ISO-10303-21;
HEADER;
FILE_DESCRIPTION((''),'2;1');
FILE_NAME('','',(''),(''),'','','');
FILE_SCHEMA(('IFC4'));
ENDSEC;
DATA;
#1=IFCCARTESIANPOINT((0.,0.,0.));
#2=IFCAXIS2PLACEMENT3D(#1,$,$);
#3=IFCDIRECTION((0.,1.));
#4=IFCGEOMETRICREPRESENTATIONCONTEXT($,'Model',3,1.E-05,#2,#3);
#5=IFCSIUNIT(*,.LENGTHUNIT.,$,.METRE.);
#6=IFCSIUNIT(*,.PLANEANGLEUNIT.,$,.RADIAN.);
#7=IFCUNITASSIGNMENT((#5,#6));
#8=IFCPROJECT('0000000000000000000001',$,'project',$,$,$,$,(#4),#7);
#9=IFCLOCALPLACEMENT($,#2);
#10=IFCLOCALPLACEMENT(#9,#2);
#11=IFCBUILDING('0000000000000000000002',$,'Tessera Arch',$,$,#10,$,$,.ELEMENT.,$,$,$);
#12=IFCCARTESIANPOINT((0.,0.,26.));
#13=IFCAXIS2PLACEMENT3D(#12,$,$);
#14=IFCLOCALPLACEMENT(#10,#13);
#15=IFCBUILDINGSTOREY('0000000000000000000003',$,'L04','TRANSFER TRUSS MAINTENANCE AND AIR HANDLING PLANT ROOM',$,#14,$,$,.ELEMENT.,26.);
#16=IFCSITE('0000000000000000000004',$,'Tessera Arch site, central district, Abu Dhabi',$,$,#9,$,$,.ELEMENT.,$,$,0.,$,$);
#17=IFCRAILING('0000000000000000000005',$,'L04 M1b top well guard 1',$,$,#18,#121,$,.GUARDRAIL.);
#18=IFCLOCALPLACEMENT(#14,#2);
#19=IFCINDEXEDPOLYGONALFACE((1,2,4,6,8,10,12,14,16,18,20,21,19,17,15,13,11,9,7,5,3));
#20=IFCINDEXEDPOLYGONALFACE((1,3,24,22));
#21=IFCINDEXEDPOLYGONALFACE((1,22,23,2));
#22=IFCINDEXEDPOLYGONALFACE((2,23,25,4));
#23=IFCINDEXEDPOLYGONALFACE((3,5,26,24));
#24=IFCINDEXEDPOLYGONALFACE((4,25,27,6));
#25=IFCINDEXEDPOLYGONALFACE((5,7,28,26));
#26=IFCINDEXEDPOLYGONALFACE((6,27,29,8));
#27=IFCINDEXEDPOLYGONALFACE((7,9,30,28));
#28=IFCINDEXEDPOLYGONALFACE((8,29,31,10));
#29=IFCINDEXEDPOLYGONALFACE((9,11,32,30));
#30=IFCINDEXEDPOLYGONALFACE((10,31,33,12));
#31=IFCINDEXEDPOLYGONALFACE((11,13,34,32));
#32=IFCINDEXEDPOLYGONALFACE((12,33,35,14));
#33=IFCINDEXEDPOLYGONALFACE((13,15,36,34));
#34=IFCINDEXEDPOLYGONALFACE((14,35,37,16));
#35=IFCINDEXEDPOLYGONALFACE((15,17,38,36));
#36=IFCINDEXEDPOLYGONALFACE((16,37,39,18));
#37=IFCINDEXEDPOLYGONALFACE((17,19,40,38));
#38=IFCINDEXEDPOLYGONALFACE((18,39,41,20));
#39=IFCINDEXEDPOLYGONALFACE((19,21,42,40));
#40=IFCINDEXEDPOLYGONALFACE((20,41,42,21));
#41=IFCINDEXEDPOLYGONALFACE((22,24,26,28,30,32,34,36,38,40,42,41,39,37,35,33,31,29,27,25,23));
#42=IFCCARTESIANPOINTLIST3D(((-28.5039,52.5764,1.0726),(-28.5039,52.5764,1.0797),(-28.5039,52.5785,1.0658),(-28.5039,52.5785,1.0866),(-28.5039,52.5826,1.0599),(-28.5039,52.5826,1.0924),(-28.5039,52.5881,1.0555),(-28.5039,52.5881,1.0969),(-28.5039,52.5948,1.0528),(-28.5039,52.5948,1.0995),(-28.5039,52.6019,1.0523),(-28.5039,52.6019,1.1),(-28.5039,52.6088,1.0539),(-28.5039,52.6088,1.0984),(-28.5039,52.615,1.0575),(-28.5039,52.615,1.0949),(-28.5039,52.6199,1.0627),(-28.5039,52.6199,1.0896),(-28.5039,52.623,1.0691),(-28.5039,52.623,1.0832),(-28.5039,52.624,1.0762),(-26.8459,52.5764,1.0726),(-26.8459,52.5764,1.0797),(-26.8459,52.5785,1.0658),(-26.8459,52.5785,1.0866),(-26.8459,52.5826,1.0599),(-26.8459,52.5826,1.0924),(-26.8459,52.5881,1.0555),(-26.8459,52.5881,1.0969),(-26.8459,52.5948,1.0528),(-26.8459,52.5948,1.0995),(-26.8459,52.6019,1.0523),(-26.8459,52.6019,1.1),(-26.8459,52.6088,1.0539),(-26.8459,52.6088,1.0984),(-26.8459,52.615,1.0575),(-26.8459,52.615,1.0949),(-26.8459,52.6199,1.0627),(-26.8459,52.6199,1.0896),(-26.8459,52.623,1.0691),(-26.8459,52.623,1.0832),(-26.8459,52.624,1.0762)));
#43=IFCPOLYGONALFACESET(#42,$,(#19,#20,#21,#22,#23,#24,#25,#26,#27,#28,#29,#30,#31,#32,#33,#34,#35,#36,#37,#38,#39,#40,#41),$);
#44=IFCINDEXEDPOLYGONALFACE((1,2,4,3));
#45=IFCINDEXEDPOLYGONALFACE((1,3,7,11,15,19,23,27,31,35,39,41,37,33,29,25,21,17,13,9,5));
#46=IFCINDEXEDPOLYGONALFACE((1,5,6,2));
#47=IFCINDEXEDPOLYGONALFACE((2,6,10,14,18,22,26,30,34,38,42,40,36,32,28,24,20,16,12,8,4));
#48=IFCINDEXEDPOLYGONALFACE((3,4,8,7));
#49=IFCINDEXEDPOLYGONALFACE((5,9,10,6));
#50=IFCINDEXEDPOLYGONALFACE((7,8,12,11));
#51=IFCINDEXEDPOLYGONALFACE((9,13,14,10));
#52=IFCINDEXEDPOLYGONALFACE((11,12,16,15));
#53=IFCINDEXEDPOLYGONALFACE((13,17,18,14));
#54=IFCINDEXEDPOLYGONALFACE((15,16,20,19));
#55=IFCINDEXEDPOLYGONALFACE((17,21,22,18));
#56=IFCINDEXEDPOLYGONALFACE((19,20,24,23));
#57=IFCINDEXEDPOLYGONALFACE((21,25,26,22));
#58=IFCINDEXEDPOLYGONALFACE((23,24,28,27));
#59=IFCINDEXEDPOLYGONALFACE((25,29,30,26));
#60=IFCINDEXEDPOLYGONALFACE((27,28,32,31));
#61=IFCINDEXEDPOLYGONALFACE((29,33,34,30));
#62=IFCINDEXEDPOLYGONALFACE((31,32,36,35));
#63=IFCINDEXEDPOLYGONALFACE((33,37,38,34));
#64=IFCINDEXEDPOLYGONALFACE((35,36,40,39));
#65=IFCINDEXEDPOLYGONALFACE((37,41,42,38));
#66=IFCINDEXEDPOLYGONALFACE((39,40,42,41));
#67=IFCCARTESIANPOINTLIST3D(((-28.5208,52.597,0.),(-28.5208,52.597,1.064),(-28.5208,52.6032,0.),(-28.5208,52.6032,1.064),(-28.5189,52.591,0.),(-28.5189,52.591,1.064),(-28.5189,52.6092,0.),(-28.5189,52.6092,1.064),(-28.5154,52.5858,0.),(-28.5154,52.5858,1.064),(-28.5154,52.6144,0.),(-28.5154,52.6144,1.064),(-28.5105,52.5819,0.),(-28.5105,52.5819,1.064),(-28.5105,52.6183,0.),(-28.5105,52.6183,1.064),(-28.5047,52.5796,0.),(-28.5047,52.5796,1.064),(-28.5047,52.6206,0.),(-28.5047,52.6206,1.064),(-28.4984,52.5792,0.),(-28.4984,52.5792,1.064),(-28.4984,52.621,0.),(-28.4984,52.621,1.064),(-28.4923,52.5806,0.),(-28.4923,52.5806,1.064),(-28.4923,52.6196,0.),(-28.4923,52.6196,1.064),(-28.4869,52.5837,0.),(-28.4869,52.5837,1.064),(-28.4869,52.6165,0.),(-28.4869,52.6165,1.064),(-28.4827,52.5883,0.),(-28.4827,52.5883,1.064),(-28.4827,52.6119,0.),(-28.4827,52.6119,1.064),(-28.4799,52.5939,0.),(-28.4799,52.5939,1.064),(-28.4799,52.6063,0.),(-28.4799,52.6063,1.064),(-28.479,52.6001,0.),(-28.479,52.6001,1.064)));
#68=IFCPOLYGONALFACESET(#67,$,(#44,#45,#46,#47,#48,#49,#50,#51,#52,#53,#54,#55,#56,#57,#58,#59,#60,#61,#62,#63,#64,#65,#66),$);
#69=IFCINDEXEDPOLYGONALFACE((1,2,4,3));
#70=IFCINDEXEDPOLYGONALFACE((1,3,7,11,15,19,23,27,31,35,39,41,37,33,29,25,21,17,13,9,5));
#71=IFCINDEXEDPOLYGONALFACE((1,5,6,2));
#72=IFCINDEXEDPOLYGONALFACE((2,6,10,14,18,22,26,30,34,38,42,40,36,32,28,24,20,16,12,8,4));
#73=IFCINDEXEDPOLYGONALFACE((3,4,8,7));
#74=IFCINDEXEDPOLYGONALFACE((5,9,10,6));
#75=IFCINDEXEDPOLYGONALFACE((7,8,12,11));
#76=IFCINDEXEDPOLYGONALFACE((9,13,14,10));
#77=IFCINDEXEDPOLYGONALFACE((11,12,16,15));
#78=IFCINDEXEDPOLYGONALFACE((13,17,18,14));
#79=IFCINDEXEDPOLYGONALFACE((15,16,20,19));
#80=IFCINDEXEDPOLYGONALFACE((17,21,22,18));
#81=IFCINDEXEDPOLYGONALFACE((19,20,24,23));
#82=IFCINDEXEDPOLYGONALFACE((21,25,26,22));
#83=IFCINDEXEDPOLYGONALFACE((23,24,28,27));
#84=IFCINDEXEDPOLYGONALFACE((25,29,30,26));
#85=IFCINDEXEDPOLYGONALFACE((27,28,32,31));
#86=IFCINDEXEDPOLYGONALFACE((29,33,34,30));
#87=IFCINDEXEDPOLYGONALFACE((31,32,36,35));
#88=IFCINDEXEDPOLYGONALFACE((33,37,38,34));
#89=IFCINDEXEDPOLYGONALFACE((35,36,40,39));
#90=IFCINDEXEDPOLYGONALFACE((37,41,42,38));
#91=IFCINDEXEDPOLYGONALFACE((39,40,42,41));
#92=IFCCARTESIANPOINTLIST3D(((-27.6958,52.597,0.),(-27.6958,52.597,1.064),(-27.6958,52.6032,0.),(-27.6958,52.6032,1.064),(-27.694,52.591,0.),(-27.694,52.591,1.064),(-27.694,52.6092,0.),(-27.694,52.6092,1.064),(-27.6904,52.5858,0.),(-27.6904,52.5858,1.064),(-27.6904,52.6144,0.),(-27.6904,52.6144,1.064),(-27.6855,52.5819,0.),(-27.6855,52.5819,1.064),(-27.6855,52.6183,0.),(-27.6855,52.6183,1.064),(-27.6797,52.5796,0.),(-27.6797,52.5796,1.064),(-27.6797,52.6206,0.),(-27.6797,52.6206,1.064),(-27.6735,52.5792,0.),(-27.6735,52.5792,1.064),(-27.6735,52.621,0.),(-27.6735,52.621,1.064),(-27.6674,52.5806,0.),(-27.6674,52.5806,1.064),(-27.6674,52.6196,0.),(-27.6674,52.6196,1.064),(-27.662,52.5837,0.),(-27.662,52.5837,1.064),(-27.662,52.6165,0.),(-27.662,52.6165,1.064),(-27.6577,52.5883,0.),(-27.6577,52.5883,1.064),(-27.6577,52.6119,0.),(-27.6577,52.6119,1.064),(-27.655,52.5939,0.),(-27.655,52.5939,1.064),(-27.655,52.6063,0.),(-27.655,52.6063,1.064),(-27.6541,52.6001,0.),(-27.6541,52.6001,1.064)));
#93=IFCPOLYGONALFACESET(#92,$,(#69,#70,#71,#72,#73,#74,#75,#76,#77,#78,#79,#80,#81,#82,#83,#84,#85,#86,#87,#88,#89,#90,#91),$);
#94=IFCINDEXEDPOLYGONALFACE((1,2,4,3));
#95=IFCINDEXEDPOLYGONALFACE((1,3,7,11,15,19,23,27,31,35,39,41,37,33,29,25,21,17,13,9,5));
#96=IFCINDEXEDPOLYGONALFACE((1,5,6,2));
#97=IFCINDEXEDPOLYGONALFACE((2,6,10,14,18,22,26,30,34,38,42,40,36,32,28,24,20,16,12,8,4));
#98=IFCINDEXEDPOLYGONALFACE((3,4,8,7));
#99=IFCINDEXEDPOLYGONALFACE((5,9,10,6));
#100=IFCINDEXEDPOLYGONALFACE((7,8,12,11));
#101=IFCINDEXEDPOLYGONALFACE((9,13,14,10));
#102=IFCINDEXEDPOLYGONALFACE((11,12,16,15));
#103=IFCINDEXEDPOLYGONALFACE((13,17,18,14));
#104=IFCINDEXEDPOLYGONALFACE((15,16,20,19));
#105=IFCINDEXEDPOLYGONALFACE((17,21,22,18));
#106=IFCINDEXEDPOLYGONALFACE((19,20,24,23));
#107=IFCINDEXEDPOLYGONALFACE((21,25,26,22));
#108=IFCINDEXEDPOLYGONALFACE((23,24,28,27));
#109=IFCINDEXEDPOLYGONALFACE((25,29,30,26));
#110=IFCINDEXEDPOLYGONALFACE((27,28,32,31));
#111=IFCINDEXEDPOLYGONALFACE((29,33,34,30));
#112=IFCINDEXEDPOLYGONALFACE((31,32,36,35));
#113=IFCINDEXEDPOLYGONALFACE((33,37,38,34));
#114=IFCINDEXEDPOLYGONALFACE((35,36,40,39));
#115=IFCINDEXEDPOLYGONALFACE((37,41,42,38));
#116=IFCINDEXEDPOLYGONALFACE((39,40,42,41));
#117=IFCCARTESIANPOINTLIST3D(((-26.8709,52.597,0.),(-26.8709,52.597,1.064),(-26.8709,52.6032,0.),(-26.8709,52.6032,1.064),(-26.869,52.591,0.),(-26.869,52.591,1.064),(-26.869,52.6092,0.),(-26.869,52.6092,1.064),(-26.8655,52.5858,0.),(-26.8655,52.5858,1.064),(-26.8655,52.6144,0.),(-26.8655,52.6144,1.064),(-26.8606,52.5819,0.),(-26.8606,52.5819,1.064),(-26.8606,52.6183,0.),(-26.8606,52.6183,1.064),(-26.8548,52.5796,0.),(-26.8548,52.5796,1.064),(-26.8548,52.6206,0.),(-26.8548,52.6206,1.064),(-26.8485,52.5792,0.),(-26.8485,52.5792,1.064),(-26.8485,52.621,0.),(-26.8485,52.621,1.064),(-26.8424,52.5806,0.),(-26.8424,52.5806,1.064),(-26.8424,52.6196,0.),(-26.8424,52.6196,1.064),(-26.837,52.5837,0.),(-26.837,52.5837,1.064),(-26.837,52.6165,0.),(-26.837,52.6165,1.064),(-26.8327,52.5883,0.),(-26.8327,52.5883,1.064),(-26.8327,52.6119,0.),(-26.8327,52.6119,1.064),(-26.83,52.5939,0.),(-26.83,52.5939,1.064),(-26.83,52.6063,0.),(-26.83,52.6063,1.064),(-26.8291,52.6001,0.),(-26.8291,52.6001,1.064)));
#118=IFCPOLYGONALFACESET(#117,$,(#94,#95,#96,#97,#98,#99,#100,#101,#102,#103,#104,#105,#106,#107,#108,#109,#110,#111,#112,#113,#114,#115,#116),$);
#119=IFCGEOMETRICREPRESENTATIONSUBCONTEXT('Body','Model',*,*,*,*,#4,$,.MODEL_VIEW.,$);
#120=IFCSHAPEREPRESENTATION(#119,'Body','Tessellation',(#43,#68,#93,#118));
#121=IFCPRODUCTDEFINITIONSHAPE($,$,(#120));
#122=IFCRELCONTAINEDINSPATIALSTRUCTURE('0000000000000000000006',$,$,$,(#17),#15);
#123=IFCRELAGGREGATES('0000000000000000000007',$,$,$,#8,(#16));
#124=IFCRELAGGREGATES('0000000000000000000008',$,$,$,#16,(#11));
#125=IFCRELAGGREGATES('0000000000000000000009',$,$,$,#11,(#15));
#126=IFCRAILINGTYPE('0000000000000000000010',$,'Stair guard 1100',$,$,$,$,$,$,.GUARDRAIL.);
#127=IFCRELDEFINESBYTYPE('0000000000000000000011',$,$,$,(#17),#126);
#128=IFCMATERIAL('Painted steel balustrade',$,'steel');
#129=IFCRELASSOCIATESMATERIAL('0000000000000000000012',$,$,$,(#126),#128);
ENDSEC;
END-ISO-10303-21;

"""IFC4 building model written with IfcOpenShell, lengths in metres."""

from ifc_helpers import new_model, si_unit, direction, frame, origin, origin_2d, place, context, subcontext, project, spatial, circle, extrude, material, type_object, element, save


model = new_model("IFC4")

# Units and contexts
model_context = context("Model", 3, precision=1e-05, world=origin(), true_north=direction((0.0, 1.0)))
body_context = subcontext(model_context, "Body", "Model", "MODEL_VIEW")
ifc_project = project(units=[si_unit("LENGTHUNIT", "METRE"), si_unit("PLANEANGLEUNIT", "RADIAN")], contexts=[model_context])

# Site, building, storey
site_placement = place(None, origin())
site = spatial("IfcSite", under=ifc_project, at=site_placement, Name="Tessera Arch site, central district, Abu Dhabi", CompositionType="ELEMENT", RefElevation=0.0)
building_placement = place(site_placement, origin())
building = spatial("IfcBuilding", under=site, at=building_placement, Name="Tessera Arch", CompositionType="ELEMENT")
storey_placement = place(building_placement, frame((0.0, 0.0, 26.0)))
storey = spatial("IfcBuildingStorey", under=building, at=storey_placement, Name="L04", Description="TRANSFER TRUSS MAINTENANCE AND AIR HANDLING PLANT ROOM", CompositionType="ELEMENT", Elevation=26.0)

# Railing
ifc_material_1 = material(Name="Painted steel balustrade", Category="steel")
railing_type_1 = type_object("IfcRailingType", Name="Stair guard 1100", PredefinedType="GUARDRAIL", material=ifc_material_1)
railing_1_placement = place(storey_placement, frame((-28.5, 52.6001, 0.0)))
element("IfcRailing", 1, at=railing_1_placement, inside=storey, type_object=railing_type_1, Name="L04 M1b top well guard 1", PredefinedType="GUARDRAIL", context=body_context, shape_type="SweptSolid", body=[
    extrude(circle(Radius=0.0239, at=origin_2d()), frame((-0.0039, 0.0, 1.0762), z_axis=(1.0, 0.0, 0.0), x_axis=(0.0, 1.0, 0.0)), (0.0, 0.0, 1.0), 1.658),
    extrude(circle(Radius=0.021, at=origin_2d()), origin(), (0.0, 0.0, 1.0), 1.064),
    extrude(circle(Radius=0.021, at=origin_2d()), frame((0.825, 0.0, 0.0)), (0.0, 0.0, 1.0), 1.064),
    extrude(circle(Radius=0.021, at=origin_2d()), frame((1.6499, 0.0, 0.0)), (0.0, 0.0, 1.0), 1.064),
])

save(model, "model.ifc")
